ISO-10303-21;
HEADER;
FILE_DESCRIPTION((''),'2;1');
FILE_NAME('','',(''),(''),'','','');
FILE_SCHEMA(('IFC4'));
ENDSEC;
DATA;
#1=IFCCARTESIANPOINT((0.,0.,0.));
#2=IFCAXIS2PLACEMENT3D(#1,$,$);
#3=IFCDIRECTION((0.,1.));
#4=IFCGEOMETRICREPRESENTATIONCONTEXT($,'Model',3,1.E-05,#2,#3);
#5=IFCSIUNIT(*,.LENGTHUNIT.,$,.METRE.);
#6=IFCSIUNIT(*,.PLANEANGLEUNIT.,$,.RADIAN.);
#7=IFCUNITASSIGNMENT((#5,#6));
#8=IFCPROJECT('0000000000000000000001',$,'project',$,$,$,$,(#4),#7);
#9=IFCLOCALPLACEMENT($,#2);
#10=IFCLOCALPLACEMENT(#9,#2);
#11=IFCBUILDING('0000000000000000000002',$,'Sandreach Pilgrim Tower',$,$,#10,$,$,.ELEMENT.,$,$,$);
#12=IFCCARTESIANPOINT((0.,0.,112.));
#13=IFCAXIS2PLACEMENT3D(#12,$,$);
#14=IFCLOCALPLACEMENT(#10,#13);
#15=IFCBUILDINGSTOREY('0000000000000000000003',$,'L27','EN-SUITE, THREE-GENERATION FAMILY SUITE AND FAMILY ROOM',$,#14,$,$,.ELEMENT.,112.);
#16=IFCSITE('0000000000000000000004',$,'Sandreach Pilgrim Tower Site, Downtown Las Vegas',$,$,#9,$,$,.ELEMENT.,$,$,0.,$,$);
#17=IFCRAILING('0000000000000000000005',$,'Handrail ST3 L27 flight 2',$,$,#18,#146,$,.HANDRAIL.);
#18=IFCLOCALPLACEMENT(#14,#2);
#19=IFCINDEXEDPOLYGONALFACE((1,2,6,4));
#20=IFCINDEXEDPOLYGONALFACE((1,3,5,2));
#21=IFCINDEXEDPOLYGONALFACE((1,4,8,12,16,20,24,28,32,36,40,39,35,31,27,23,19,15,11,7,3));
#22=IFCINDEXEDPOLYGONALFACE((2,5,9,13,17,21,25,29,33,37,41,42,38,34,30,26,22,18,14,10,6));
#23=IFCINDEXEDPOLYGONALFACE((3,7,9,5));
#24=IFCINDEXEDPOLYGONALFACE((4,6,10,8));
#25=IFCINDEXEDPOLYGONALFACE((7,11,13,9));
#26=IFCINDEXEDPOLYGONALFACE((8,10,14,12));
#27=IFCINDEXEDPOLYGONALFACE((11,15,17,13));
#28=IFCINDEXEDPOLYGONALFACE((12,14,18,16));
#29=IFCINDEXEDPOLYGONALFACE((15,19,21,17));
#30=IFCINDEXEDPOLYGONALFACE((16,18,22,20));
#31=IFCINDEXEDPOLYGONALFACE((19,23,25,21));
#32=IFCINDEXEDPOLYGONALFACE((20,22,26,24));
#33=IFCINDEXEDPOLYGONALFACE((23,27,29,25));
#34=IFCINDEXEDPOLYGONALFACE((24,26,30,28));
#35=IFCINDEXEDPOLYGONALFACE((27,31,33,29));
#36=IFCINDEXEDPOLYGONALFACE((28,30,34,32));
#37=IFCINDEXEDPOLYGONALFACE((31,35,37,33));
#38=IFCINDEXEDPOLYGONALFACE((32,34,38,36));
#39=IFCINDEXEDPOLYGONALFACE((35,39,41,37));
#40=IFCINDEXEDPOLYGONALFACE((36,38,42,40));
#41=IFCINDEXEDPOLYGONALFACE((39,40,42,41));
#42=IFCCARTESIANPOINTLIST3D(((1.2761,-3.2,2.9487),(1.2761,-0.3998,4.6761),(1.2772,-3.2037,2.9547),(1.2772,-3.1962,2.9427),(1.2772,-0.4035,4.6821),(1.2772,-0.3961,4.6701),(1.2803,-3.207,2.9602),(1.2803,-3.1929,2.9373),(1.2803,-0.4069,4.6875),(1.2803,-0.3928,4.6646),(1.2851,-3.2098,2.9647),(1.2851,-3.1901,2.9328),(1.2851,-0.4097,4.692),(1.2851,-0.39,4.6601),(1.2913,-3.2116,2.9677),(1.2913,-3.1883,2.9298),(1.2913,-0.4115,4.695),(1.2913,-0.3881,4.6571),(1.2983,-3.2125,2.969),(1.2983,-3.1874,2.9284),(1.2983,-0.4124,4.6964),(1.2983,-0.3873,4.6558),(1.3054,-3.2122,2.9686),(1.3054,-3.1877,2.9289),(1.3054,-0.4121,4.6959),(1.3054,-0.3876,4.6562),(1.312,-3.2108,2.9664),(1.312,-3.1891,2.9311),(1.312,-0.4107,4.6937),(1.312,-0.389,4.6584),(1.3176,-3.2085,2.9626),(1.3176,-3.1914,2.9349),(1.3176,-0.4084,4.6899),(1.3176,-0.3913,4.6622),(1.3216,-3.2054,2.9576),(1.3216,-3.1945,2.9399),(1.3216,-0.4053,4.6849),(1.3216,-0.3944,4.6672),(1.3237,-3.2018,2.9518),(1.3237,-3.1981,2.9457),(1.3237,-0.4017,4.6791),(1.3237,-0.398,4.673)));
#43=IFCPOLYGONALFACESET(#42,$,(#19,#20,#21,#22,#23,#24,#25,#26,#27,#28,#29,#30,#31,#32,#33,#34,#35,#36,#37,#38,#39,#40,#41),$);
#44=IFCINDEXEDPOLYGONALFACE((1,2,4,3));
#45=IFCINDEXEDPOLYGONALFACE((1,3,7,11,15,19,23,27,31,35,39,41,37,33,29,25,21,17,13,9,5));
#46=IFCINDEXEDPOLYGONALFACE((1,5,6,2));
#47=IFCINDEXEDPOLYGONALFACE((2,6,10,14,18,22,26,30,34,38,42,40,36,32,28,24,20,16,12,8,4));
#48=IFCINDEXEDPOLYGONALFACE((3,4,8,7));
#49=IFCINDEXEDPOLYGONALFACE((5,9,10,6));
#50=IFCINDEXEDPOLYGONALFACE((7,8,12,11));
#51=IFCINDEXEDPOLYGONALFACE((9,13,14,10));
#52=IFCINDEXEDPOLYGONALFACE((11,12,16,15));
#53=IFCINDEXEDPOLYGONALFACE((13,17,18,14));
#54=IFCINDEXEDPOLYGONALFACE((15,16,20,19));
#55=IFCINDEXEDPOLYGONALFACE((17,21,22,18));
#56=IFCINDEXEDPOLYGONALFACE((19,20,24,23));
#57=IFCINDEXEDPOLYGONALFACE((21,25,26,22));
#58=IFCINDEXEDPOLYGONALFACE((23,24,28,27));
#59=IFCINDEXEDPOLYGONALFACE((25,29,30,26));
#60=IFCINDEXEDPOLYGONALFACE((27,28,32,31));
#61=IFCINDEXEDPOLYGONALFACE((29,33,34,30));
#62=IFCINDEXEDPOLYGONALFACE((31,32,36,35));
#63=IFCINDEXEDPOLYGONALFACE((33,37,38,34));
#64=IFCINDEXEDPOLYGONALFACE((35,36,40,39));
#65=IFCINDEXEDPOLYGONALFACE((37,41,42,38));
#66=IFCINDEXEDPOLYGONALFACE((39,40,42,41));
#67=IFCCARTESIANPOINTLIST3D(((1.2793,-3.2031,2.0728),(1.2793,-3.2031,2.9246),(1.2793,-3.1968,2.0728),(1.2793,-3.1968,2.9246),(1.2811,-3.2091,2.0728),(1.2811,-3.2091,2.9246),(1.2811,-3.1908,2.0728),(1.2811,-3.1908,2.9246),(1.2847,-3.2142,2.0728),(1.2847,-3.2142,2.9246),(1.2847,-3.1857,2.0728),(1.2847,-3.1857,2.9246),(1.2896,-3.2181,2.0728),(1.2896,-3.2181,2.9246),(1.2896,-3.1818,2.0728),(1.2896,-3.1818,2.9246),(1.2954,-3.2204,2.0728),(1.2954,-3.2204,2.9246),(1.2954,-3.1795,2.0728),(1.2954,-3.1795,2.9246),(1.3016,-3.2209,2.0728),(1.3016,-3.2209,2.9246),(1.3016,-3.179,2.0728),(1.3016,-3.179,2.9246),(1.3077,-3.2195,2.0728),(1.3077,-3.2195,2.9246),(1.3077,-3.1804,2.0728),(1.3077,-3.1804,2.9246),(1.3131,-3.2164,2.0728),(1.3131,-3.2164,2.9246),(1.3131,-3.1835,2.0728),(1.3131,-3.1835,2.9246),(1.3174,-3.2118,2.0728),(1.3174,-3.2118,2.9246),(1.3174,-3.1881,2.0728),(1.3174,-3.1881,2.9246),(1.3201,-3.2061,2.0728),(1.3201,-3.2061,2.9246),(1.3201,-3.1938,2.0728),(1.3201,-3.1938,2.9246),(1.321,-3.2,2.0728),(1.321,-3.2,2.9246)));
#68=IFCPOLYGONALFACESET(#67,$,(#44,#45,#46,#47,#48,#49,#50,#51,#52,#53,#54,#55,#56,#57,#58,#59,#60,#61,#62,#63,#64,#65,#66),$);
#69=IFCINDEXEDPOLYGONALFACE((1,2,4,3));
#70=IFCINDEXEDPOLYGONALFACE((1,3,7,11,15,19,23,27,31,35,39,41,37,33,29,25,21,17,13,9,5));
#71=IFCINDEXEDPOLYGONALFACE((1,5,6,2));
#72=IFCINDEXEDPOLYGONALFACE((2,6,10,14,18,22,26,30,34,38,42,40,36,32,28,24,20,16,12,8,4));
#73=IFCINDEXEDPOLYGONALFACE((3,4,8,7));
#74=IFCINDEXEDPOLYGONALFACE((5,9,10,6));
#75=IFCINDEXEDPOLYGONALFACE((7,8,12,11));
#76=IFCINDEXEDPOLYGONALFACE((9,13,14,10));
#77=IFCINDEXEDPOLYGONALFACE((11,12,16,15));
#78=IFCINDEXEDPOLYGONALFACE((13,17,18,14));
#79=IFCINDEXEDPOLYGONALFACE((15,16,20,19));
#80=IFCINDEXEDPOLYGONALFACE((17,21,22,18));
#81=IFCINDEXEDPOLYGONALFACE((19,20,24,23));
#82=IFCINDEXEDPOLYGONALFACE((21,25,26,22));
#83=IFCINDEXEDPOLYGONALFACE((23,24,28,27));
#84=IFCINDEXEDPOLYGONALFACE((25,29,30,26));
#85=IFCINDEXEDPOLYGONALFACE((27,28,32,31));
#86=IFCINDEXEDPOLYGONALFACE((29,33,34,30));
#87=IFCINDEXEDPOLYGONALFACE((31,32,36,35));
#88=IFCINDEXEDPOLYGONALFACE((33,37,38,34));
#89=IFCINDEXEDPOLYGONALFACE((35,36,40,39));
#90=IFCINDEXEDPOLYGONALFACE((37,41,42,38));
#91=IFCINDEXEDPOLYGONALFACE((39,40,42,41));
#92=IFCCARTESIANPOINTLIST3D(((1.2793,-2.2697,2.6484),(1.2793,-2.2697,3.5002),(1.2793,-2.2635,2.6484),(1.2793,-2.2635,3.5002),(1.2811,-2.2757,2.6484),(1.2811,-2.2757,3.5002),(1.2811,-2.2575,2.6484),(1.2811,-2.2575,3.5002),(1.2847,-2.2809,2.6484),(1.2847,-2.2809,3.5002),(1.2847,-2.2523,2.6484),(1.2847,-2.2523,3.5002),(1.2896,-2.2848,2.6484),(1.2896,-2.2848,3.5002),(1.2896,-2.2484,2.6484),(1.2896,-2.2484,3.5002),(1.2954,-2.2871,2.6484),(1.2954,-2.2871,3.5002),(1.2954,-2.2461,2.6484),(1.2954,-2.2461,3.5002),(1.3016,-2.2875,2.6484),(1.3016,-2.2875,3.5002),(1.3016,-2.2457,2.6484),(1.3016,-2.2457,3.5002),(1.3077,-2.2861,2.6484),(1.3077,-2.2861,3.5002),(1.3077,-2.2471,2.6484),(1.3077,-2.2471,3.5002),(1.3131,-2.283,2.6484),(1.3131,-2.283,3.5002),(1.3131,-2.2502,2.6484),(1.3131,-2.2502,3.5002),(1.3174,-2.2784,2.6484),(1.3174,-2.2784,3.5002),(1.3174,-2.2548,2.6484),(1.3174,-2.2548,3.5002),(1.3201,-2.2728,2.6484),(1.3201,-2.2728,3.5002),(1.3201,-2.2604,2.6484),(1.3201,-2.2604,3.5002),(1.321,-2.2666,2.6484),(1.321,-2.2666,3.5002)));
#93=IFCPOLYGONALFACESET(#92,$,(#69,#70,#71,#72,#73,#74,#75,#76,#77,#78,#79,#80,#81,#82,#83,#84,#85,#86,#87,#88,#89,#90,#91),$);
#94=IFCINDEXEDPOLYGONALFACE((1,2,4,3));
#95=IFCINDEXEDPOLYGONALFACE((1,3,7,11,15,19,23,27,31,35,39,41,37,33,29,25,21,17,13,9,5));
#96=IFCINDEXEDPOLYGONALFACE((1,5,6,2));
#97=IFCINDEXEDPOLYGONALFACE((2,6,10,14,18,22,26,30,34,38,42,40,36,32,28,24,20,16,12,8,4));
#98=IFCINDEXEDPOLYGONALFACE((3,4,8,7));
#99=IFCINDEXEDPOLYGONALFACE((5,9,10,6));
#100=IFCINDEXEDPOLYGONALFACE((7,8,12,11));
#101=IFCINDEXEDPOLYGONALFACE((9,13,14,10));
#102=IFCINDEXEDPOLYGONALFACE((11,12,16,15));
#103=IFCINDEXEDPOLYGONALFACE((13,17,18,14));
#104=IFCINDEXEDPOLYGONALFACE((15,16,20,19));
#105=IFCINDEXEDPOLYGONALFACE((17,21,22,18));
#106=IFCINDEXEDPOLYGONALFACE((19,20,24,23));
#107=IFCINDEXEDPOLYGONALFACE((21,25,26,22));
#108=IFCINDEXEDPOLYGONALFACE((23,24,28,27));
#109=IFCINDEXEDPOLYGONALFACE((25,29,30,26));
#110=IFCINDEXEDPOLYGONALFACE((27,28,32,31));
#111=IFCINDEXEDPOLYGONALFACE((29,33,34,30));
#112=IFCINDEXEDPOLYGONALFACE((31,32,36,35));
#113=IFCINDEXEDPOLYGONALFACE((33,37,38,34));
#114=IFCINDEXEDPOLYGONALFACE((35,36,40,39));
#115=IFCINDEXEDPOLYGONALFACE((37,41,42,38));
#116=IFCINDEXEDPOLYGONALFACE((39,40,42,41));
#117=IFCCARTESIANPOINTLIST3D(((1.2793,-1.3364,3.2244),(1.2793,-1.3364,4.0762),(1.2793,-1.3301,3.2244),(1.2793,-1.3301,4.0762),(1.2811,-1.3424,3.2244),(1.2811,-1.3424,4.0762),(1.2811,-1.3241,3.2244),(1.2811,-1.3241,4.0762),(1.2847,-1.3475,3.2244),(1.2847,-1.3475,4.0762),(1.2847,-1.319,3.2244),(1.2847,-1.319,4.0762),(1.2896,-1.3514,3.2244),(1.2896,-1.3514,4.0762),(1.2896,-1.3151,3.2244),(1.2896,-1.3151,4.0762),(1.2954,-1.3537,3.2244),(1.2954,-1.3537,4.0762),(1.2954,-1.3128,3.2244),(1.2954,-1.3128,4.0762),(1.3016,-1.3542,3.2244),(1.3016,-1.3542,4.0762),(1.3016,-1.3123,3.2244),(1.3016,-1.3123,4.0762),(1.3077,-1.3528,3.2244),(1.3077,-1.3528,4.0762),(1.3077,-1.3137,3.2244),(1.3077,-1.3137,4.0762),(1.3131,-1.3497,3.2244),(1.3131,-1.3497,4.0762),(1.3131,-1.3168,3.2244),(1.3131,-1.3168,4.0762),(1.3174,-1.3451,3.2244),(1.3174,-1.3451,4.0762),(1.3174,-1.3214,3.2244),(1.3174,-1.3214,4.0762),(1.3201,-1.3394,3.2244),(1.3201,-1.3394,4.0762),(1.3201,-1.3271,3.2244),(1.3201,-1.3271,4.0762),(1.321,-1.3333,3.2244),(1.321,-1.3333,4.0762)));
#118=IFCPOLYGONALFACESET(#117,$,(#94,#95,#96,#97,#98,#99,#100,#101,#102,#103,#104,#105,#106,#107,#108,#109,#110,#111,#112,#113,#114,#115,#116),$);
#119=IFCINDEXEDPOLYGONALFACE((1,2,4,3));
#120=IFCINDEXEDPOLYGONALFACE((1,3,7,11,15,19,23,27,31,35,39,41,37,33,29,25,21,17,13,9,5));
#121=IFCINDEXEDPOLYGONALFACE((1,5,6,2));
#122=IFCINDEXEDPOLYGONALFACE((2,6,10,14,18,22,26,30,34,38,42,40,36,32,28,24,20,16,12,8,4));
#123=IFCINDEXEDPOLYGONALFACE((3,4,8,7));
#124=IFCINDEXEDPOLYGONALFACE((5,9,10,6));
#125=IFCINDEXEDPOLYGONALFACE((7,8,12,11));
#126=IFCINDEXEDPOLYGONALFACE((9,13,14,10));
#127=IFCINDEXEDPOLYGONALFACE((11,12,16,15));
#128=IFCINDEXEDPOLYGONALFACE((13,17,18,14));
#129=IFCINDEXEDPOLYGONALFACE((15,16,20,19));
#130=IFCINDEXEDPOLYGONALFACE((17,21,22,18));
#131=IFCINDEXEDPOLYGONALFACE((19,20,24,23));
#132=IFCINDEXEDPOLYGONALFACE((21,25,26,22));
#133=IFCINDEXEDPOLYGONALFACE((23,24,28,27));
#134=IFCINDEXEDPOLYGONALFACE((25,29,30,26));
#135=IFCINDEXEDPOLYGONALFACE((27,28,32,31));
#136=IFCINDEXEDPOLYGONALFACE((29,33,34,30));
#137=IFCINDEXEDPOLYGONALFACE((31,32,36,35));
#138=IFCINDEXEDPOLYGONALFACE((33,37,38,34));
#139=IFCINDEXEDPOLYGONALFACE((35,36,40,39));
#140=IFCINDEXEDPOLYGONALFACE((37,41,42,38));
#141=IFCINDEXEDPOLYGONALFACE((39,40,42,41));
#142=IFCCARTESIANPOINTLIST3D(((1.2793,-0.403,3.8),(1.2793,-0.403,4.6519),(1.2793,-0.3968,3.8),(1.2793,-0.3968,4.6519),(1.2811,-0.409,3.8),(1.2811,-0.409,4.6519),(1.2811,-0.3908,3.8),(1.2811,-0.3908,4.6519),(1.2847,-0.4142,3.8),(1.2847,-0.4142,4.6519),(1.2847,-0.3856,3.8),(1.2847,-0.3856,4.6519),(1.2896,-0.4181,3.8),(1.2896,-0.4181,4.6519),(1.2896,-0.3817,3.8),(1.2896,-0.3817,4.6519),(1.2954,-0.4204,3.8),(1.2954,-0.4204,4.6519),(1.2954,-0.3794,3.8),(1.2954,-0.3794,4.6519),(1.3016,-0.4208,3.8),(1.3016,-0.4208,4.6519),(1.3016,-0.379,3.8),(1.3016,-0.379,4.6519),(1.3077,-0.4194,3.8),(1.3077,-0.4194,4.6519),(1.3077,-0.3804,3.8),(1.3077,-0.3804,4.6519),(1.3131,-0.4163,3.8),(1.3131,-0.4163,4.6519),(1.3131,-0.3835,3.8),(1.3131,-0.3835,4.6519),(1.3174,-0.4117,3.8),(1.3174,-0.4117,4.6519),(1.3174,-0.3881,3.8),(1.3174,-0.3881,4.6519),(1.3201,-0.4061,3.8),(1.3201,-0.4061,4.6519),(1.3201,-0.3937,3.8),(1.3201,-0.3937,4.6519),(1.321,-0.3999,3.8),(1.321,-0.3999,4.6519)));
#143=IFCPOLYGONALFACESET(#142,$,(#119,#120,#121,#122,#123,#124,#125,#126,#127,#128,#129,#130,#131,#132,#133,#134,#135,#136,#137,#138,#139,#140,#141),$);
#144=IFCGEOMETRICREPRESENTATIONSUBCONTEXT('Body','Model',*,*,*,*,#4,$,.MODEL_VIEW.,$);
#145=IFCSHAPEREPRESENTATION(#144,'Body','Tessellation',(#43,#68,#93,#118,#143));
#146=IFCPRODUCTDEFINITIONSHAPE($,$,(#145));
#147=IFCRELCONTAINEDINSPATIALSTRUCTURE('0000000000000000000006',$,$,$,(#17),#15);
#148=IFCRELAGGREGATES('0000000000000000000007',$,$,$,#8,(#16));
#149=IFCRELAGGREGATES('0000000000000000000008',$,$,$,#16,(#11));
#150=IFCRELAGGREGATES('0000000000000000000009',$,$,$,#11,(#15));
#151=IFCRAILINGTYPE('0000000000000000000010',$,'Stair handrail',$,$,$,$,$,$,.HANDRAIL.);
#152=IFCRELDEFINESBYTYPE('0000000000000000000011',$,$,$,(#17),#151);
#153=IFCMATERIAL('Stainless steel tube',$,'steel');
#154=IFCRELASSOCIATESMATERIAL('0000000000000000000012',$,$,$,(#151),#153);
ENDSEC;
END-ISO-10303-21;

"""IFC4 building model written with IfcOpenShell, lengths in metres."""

from ifc_helpers import new_model, si_unit, direction, frame, origin, origin_2d, place, context, subcontext, project, spatial, circle, extrude, material, type_object, element, save


model = new_model("IFC4")

# Units and contexts
model_context = context("Model", 3, precision=1e-05, world=origin(), true_north=direction((0.0, 1.0)))
body_context = subcontext(model_context, "Body", "Model", "MODEL_VIEW")
ifc_project = project(units=[si_unit("LENGTHUNIT", "METRE"), si_unit("PLANEANGLEUNIT", "RADIAN")], contexts=[model_context])

# Site, building, storey
site_placement = place(None, origin())
site = spatial("IfcSite", under=ifc_project, at=site_placement, Name="Sandreach Pilgrim Tower Site, Downtown Las Vegas", CompositionType="ELEMENT", RefElevation=0.0)
building_placement = place(site_placement, origin())
building = spatial("IfcBuilding", under=site, at=building_placement, Name="Sandreach Pilgrim Tower", CompositionType="ELEMENT")
storey_placement = place(building_placement, frame((0.0, 0.0, 112.0)))
storey = spatial("IfcBuildingStorey", under=building, at=storey_placement, Name="L27", Description="EN-SUITE, THREE-GENERATION FAMILY SUITE AND FAMILY ROOM", CompositionType="ELEMENT", Elevation=112.0)

# Railing
ifc_material_1 = material(Name="Stainless steel tube", Category="steel")
railing_type = type_object("IfcRailingType", Name="Stair handrail", PredefinedType="HANDRAIL", material=ifc_material_1)
for number, where, name in (
    (1, (1.3, -3.2, 2.0728), "Handrail ST3 L27 flight 2"),
):
    element("IfcRailing", number, at=place(storey_placement, frame(where)), inside=storey, type_object=railing_type, Name=name, PredefinedType="HANDRAIL", context=body_context, shape_type="SweptSolid", body=[
        extrude(circle(Radius=0.0239, at=origin_2d()), frame((0.0, 0.0, 0.876), z_axis=(0.0, 0.85109, 0.52502), x_axis=(-1.0, 0.0, 0.0)), (0.0, 0.0, 1.0), 3.29),
        extrude(circle(Radius=0.021, at=origin_2d()), origin(), (0.0, 0.0, 1.0), 0.8518),
        extrude(circle(Radius=0.021, at=origin_2d()), frame((0.0, 0.9333, 0.5757)), (0.0, 0.0, 1.0), 0.8518),
        extrude(circle(Radius=0.021, at=origin_2d()), frame((0.0, 1.8667, 1.1516)), (0.0, 0.0, 1.0), 0.8518),
        extrude(circle(Radius=0.021, at=origin_2d()), frame((0.0, 2.8, 1.7273)), (0.0, 0.0, 1.0), 0.8518),
    ])

save(model, "model.ifc")
